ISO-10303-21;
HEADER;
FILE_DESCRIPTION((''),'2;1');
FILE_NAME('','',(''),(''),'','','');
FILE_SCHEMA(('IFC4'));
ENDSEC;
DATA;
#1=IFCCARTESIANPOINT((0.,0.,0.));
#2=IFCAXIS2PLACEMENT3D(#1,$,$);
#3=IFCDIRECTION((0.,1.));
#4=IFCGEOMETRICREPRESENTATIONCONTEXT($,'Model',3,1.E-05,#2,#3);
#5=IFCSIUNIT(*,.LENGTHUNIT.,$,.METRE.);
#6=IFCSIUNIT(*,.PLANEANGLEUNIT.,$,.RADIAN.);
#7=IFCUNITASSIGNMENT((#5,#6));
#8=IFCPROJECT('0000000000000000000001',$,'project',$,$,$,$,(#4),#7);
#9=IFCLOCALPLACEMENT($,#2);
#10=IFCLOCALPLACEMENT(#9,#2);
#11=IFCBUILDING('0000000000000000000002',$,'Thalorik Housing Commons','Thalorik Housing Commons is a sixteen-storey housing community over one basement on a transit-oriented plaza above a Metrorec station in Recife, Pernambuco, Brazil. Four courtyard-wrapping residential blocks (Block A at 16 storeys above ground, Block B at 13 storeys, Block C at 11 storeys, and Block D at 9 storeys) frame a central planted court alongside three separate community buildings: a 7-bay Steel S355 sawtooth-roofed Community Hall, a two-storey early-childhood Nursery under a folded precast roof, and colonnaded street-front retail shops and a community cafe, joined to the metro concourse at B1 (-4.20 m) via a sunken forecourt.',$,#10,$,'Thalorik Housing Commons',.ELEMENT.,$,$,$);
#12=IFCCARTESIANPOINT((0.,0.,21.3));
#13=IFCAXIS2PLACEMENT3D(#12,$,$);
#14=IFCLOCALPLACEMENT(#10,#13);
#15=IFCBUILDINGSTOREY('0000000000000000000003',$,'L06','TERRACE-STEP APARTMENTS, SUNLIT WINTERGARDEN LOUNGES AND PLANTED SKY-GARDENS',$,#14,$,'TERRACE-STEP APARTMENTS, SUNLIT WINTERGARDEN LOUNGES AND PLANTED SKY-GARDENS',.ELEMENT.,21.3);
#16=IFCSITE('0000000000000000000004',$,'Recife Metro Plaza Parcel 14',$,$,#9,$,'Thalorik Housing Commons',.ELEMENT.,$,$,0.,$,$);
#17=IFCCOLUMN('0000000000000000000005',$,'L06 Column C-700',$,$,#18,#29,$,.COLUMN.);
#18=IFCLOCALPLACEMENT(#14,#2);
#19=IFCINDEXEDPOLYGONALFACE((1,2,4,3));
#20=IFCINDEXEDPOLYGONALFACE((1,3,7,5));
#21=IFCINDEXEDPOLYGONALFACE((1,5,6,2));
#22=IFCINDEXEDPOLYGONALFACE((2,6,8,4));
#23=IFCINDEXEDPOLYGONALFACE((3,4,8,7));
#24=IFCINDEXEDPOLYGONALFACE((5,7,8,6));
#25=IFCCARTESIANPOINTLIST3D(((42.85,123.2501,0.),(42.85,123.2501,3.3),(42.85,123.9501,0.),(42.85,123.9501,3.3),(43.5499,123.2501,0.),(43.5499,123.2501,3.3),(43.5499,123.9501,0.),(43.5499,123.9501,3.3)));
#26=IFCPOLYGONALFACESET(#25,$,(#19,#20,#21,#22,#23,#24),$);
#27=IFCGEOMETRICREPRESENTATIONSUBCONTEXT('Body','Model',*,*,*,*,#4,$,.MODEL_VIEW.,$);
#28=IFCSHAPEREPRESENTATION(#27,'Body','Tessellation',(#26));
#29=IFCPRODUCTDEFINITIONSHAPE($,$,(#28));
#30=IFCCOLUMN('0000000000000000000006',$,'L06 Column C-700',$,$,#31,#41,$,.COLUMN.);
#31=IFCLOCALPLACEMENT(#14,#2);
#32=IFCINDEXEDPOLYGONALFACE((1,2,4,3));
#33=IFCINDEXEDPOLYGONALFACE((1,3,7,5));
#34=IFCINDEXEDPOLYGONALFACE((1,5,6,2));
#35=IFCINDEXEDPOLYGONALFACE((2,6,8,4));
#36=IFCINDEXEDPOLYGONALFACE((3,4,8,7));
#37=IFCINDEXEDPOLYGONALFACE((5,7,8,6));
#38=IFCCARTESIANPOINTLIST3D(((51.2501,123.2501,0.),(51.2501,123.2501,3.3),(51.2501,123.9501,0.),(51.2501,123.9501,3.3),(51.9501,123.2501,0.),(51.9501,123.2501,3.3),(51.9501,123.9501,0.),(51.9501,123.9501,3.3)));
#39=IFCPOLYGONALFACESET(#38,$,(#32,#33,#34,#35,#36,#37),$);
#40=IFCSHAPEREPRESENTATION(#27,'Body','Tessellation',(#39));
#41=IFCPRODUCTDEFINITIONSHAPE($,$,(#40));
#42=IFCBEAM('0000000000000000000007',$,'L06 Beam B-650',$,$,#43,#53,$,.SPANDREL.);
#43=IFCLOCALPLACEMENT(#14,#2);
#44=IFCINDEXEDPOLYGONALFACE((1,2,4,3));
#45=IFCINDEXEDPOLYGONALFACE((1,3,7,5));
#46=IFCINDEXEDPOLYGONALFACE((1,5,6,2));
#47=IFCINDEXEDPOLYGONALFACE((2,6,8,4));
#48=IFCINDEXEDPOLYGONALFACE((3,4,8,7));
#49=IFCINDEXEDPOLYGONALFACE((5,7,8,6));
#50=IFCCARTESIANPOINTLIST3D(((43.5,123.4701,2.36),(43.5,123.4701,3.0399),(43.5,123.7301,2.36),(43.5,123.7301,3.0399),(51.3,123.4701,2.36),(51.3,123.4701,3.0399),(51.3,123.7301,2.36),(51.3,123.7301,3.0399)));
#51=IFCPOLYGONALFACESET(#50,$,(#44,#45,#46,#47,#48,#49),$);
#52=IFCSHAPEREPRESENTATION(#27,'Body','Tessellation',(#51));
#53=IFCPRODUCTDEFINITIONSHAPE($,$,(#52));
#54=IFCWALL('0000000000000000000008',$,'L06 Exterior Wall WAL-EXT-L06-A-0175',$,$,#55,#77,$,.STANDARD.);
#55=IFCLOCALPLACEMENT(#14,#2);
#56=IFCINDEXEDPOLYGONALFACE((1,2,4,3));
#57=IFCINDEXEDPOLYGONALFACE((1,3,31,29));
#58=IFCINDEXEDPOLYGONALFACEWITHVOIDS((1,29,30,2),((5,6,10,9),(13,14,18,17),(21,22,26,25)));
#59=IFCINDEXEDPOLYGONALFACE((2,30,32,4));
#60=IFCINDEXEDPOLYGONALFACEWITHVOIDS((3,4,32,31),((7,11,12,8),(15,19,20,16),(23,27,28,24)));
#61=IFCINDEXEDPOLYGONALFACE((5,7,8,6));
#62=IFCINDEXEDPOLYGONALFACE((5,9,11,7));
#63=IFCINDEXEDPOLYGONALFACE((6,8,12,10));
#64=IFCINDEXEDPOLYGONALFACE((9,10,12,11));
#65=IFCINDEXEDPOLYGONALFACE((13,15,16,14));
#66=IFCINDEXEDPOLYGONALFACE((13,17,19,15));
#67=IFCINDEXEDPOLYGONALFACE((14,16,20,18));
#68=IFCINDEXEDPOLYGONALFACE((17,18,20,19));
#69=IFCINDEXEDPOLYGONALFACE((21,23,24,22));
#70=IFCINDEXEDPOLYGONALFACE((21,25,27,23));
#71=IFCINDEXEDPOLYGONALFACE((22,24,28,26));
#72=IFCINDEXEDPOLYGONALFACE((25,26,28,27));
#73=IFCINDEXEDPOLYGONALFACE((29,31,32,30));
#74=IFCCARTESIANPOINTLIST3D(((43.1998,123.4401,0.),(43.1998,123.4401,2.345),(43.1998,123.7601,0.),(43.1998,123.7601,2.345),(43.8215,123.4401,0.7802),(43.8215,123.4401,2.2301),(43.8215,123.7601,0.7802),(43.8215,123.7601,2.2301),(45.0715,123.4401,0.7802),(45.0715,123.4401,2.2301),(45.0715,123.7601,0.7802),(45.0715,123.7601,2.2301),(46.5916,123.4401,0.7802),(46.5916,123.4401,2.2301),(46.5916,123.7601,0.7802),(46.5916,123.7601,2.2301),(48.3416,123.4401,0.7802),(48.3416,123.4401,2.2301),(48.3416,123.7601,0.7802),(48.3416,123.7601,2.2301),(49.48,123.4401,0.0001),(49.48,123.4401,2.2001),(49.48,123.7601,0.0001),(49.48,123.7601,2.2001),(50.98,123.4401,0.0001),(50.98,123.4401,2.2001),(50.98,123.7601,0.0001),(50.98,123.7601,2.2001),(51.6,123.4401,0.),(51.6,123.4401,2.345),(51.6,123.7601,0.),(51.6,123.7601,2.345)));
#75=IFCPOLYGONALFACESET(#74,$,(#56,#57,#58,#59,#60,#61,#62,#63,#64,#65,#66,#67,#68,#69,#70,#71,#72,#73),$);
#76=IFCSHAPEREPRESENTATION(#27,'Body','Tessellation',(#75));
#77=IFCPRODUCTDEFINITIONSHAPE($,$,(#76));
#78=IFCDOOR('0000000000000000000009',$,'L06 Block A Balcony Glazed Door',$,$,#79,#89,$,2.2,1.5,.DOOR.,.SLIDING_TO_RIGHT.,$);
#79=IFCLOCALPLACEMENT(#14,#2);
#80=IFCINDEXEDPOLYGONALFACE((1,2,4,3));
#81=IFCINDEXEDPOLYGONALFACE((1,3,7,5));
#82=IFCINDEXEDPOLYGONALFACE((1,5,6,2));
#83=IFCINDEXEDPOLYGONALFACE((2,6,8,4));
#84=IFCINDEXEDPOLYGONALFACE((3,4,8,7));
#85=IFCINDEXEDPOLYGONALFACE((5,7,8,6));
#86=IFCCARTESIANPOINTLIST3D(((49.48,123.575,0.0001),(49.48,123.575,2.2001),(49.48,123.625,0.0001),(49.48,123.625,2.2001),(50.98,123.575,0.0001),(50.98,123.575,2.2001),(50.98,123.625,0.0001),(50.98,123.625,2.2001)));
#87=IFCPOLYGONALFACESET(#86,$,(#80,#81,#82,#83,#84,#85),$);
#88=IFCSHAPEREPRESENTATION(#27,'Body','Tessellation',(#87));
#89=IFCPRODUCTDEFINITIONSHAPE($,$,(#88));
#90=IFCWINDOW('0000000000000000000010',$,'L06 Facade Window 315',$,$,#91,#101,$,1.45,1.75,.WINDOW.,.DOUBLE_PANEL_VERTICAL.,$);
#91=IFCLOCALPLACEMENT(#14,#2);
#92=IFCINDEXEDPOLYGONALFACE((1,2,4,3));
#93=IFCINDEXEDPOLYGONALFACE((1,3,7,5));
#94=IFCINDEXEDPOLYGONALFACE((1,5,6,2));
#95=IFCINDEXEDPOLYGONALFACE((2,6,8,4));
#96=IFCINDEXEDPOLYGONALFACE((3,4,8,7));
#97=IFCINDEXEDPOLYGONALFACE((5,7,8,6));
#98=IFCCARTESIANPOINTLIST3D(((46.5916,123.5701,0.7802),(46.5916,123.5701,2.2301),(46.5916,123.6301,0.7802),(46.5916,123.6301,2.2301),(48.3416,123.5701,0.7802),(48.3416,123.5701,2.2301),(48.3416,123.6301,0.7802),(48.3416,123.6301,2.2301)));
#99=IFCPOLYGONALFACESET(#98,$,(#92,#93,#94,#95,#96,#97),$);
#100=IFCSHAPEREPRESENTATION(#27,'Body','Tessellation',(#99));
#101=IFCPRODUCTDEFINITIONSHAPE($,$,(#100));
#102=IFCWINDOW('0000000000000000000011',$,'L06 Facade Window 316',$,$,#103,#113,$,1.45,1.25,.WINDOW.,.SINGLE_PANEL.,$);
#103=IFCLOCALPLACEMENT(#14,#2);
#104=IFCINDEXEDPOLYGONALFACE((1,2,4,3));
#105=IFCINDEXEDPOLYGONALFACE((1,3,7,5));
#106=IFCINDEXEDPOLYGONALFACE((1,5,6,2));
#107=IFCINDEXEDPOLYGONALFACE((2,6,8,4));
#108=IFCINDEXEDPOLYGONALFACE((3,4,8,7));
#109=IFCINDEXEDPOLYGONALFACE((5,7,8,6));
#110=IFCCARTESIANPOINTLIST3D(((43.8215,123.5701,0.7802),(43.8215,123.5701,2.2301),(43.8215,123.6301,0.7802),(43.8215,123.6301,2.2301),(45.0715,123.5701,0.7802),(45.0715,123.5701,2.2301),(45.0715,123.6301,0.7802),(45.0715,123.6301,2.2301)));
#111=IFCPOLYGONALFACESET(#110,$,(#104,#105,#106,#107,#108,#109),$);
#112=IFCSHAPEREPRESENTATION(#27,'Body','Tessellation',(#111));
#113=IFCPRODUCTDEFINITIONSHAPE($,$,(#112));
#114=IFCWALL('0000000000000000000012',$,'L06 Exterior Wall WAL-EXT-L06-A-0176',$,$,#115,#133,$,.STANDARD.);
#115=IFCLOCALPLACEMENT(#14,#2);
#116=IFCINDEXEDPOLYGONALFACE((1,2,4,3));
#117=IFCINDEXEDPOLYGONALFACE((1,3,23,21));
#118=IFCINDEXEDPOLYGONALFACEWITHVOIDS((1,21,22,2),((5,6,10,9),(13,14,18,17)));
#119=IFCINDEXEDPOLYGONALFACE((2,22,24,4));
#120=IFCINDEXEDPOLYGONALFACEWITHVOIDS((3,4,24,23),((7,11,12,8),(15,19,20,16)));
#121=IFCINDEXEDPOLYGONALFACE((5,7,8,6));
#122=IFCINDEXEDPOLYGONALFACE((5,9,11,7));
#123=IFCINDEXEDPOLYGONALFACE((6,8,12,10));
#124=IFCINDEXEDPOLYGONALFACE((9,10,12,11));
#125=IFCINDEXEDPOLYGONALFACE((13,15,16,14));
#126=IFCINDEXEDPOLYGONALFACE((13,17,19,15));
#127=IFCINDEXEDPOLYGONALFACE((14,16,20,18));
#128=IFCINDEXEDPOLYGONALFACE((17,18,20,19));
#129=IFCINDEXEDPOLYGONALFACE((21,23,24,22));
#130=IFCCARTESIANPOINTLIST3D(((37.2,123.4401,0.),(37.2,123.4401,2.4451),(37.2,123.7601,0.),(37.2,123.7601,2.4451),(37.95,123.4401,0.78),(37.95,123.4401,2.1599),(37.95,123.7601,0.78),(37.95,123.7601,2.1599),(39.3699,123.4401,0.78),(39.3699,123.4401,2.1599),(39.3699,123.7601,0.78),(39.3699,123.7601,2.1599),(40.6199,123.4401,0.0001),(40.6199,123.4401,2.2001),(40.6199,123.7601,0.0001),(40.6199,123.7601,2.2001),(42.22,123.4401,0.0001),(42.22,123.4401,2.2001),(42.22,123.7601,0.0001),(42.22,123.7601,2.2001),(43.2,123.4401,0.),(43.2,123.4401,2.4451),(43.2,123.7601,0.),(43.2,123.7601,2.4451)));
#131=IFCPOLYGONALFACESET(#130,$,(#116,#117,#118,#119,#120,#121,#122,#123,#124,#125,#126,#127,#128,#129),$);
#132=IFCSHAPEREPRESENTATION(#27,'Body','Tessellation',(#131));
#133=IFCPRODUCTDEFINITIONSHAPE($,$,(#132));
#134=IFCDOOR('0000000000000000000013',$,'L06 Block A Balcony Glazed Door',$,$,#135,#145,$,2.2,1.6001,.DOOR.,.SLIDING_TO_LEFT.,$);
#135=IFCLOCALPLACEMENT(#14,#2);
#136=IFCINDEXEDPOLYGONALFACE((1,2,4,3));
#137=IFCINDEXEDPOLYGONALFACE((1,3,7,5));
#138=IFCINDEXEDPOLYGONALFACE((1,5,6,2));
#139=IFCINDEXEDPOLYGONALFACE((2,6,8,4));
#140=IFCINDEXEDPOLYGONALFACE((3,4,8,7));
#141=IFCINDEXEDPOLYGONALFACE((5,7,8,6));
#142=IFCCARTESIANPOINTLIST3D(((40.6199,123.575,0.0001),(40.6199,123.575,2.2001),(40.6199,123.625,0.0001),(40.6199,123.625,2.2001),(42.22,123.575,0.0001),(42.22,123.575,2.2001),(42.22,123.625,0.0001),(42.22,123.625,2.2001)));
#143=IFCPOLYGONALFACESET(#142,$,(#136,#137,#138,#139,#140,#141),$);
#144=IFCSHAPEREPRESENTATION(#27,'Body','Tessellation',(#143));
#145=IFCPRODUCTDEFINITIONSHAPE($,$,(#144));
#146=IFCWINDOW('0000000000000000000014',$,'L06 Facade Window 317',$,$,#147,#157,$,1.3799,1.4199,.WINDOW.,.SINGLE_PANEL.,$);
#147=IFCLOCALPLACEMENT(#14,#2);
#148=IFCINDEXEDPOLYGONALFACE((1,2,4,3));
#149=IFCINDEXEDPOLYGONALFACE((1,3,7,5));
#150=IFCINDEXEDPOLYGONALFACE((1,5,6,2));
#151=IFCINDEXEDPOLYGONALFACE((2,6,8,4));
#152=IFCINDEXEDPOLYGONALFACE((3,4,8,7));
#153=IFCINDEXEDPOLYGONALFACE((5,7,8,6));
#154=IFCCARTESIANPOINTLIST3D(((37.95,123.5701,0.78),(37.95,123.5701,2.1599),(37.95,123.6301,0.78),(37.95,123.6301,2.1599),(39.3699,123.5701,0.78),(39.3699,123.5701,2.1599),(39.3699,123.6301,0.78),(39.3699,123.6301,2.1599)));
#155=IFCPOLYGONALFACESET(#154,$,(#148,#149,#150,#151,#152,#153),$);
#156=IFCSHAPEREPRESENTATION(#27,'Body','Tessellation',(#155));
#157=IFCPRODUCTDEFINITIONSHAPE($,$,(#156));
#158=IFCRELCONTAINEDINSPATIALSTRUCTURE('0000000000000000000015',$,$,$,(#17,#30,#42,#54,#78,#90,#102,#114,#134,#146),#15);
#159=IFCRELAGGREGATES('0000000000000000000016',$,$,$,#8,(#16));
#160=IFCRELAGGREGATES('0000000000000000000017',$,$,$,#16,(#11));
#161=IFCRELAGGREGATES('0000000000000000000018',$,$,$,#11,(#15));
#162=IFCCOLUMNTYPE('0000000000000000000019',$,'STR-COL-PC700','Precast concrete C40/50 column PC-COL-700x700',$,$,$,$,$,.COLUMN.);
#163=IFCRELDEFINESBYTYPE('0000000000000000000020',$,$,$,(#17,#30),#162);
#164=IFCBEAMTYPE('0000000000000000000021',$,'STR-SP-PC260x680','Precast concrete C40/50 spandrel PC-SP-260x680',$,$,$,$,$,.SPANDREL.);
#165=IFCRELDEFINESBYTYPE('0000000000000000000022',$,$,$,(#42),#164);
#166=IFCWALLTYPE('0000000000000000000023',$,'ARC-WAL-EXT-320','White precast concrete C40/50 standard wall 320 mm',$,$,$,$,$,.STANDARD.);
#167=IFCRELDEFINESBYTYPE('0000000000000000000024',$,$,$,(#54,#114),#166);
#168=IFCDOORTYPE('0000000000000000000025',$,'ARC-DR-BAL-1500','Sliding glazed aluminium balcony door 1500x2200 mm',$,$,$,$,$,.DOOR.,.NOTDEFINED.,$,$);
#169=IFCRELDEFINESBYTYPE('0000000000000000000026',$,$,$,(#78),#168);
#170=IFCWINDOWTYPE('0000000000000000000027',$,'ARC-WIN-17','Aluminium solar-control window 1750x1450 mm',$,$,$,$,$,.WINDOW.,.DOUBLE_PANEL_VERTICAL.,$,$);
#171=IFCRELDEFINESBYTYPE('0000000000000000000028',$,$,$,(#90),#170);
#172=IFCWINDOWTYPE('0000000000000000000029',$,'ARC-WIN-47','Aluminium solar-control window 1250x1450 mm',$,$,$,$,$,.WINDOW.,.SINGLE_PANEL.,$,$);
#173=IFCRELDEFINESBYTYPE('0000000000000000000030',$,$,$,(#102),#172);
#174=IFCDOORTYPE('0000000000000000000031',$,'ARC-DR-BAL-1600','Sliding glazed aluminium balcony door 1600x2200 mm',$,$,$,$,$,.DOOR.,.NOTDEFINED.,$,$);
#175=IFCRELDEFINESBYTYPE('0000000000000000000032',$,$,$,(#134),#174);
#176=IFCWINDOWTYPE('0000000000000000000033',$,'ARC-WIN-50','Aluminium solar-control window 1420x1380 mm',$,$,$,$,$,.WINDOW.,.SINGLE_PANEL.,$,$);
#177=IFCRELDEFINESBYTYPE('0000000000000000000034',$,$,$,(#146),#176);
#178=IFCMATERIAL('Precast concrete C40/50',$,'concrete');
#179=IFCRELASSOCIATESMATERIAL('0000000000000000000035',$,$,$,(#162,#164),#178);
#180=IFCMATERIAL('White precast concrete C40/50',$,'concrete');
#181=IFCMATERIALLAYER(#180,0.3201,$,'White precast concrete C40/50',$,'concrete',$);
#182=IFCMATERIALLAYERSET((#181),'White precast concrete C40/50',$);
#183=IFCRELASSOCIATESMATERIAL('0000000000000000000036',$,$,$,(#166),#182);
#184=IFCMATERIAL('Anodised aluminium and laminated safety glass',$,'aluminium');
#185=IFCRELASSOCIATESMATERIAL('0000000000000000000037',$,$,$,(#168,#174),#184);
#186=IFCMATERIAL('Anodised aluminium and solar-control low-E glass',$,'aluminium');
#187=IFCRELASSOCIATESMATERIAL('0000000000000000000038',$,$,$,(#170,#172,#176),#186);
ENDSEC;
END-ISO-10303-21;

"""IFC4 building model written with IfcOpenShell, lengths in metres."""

from ifc_helpers import new_model, si_unit, direction, frame, frame_2d, origin, origin_2d, place, context, subcontext, project, spatial, rectangle, extrude, material, layer, layer_set, material_profile, profile_set, type_object, element, fill, save


model = new_model("IFC4")

# Units and contexts
model_context = context("Model", 3, precision=1e-05, world=origin(), true_north=direction((0.0, 1.0)))
body_context = subcontext(model_context, "Body", "Model", "MODEL_VIEW")
ifc_project = project(units=[si_unit("LENGTHUNIT", "METRE"), si_unit("PLANEANGLEUNIT", "RADIAN")], contexts=[model_context])

# Site, building, storey
site_placement = place(None, origin())
site = spatial("IfcSite", under=ifc_project, at=site_placement, Name="Recife Metro Plaza Parcel 14", LongName="Thalorik Housing Commons", CompositionType="ELEMENT", RefElevation=0.0)
building_placement = place(site_placement, origin())
building = spatial("IfcBuilding", under=site, at=building_placement, Name="Thalorik Housing Commons", Description="Thalorik Housing Commons is a sixteen-storey housing community over one basement on a transit-oriented plaza above a Metrorec station in Recife, Pernambuco, Brazil. Four courtyard-wrapping residential blocks (Block A at 16 storeys above ground, Block B at 13 storeys, Block C at 11 storeys, and Block D at 9 storeys) frame a central planted court alongside three separate community buildings: a 7-bay Steel S355 sawtooth-roofed Community Hall, a two-storey early-childhood Nursery under a folded precast roof, and colonnaded street-front retail shops and a community cafe, joined to the metro concourse at B1 (-4.20 m) via a sunken forecourt.", LongName="Thalorik Housing Commons", CompositionType="ELEMENT")
storey_placement = place(building_placement, frame((0.0, 0.0, 21.3)))
storey = spatial("IfcBuildingStorey", under=building, at=storey_placement, Name="L06", Description="TERRACE-STEP APARTMENTS, SUNLIT WINTERGARDEN LOUNGES AND PLANTED SKY-GARDENS", LongName="TERRACE-STEP APARTMENTS, SUNLIT WINTERGARDEN LOUNGES AND PLANTED SKY-GARDENS", CompositionType="ELEMENT", Elevation=21.3)

# Columns
ifc_material_1 = material(Name="Precast concrete C40/50", Category="concrete")
ifc_material_profile_1 = material_profile(ifc_material_1, rectangle(XDim=0.7, YDim=0.7, at=origin_2d()), Name="PC 700x700", Category="concrete")
ifc_profile_set_1 = profile_set([ifc_material_profile_1], Name="Precast concrete C40/50")
column_type = type_object("IfcColumnType", Name="STR-COL-PC700", Description="Precast concrete C40/50 column PC-COL-700x700", PredefinedType="COLUMN", material=ifc_profile_set_1)
for number, where, z_axis, x_axis, name in (
    (1, (43.2, 123.6001, 0.0), (0.0, 0.0, 1.0), (1.0, 0.0, 0.0), "L06 Column C-700"),
    (2, (51.6001, 123.6001, 0.0), (0.0, 0.0, 1.0), (1.0, 0.0, 0.0), "L06 Column C-700"),
):
    element("IfcColumn", number, at=place(storey_placement, frame(where, z_axis=z_axis, x_axis=x_axis)), inside=storey, type_object=column_type, Name=name, PredefinedType="COLUMN", context=body_context, shape_type="SweptSolid", body=[
        extrude(rectangle(XDim=0.7, YDim=0.7, at=origin_2d()), origin(), (0.0, 0.0, 1.0), 3.3),
    ])

# Beam
ifc_material_profile_2 = material_profile(ifc_material_1, rectangle(XDim=0.26, YDim=0.6799, at=origin_2d()), Name="PC SP 260x680", Category="concrete")
ifc_profile_set_2 = profile_set([ifc_material_profile_2], Name="Precast concrete C40/50")
beam_type = type_object("IfcBeamType", Name="STR-SP-PC260x680", Description="Precast concrete C40/50 spandrel PC-SP-260x680", PredefinedType="SPANDREL", material=ifc_profile_set_2)
beam_placement = place(storey_placement, frame((43.5, 123.6001, 2.7), z_axis=(1.0, 0.0, 0.0), x_axis=(0.0, 1.0, 0.0)))
element("IfcBeam", 3, at=beam_placement, inside=storey, type_object=beam_type, Name="L06 Beam B-650", PredefinedType="SPANDREL", context=body_context, shape_type="SweptSolid", body=[
    extrude(rectangle(XDim=0.26, YDim=0.6799, at=origin_2d()), origin(), (0.0, 0.0, 1.0), 7.8),
])

# Wall, openings, door, windows
ifc_material_2 = material(Name="White precast concrete C40/50", Category="concrete")
ifc_layer_1 = layer(ifc_material_2, 0.3201, Name="White precast concrete C40/50", Category="concrete")
ifc_layer_set_1 = layer_set([ifc_layer_1], Name="White precast concrete C40/50")
wall_type_1 = type_object("IfcWallType", Name="ARC-WAL-EXT-320", Description="White precast concrete C40/50 standard wall 320 mm", PredefinedType="STANDARD", material=ifc_layer_set_1)
wall_1_placement = place(storey_placement, frame((51.6001, 123.6001, 0.0), z_axis=(0.0, 0.0, 1.0), x_axis=(-1.0, 0.0, 0.0)))
wall_1 = element("IfcWall", 4, at=wall_1_placement, inside=storey, type_object=wall_type_1, Name="L06 Exterior Wall WAL-EXT-L06-A-0175", PredefinedType="STANDARD", context=body_context, shape_type="SweptSolid", body=[
    extrude(rectangle(XDim=8.4001, YDim=0.3201, at=frame_2d((4.2002, 0.0))), origin(), (0.0, 0.0, 1.0), 2.345),
])
opening_1_placement = place(wall_1_placement, frame((0.6201, 0.0, 0.0)))
opening_1 = element("IfcOpeningElement", 5, at=opening_1_placement, cuts=wall_1, PredefinedType="OPENING", context=body_context, shape_type="SweptSolid", body=[
    extrude(rectangle(XDim=1.5, YDim=2.2, at=frame_2d((0.75, 1.1001))), frame((0.0, 0.1699, 0.0), z_axis=(0.0, -1.0, 0.0), x_axis=(1.0, 0.0, 0.0)), (0.0, 0.0, 1.0), 0.3401),
])
opening_2_placement = place(wall_1_placement, frame((3.2585, 0.0, 0.78)))
opening_2 = element("IfcOpeningElement", 6, at=opening_2_placement, cuts=wall_1, PredefinedType="OPENING", context=body_context, shape_type="SweptSolid", body=[
    extrude(rectangle(XDim=1.75, YDim=1.45, at=frame_2d((0.875, 0.7251))), frame((0.0, 0.1699, 0.0), z_axis=(0.0, -1.0, 0.0), x_axis=(1.0, 0.0, 0.0)), (0.0, 0.0, 1.0), 0.3401),
])
opening_3_placement = place(wall_1_placement, frame((6.5286, 0.0, 0.78)))
opening_3 = element("IfcOpeningElement", 7, at=opening_3_placement, cuts=wall_1, PredefinedType="OPENING", context=body_context, shape_type="SweptSolid", body=[
    extrude(rectangle(XDim=1.25, YDim=1.45, at=frame_2d((0.625, 0.7251))), frame((0.0, 0.1699, 0.0), z_axis=(0.0, -1.0, 0.0), x_axis=(1.0, 0.0, 0.0)), (0.0, 0.0, 1.0), 0.3401),
])
ifc_material_3 = material(Name="Anodised aluminium and laminated safety glass", Category="aluminium")
door_type_1 = type_object("IfcDoorType", Name="ARC-DR-BAL-1500", Description="Sliding glazed aluminium balcony door 1500x2200 mm", OperationType="NOTDEFINED", PredefinedType="DOOR", material=ifc_material_3)
door_1_placement = place(opening_1_placement, frame((1.5, 0.0, 0.0), z_axis=(0.0, 0.0, 1.0), x_axis=(-1.0, 0.0, 0.0)))
door_1 = element("IfcDoor", 8, at=door_1_placement, inside=storey, type_object=door_type_1, Name="L06 Block A Balcony Glazed Door", OperationType="SLIDING_TO_RIGHT", OverallHeight=2.2, OverallWidth=1.5, PredefinedType="DOOR", context=body_context, shape_type="SweptSolid", body=[
    extrude(rectangle(XDim=1.5, YDim=2.2, at=frame_2d((0.75, 1.1001))), frame((0.0, 0.0249, 0.0), z_axis=(0.0, -1.0, 0.0), x_axis=(1.0, 0.0, 0.0)), (0.0, 0.0, 1.0), 0.05),
])
fill(opening_1, door_1)
ifc_material_4 = material(Name="Anodised aluminium and solar-control low-E glass", Category="aluminium")
window_type_1 = type_object("IfcWindowType", Name="ARC-WIN-17", Description="Aluminium solar-control window 1750x1450 mm", PartitioningType="DOUBLE_PANEL_VERTICAL", PredefinedType="WINDOW", material=ifc_material_4)
window_1_placement = place(opening_2_placement, origin())
window_1 = element("IfcWindow", 9, at=window_1_placement, inside=storey, type_object=window_type_1, Name="L06 Facade Window 315", OverallHeight=1.45, OverallWidth=1.75, PartitioningType="DOUBLE_PANEL_VERTICAL", PredefinedType="WINDOW", context=body_context, shape_type="SweptSolid", body=[
    extrude(rectangle(XDim=1.75, YDim=1.45, at=frame_2d((0.875, 0.7251))), frame((0.0, 0.03, 0.0), z_axis=(0.0, -1.0, 0.0), x_axis=(1.0, 0.0, 0.0)), (0.0, 0.0, 1.0), 0.0601),
])
fill(opening_2, window_1)
window_type_2 = type_object("IfcWindowType", Name="ARC-WIN-47", Description="Aluminium solar-control window 1250x1450 mm", PartitioningType="SINGLE_PANEL", PredefinedType="WINDOW", material=ifc_material_4)
window_2_placement = place(opening_3_placement, origin())
window_2 = element("IfcWindow", 10, at=window_2_placement, inside=storey, type_object=window_type_2, Name="L06 Facade Window 316", OverallHeight=1.45, OverallWidth=1.25, PartitioningType="SINGLE_PANEL", PredefinedType="WINDOW", context=body_context, shape_type="SweptSolid", body=[
    extrude(rectangle(XDim=1.25, YDim=1.45, at=frame_2d((0.625, 0.7251))), frame((0.0, 0.03, 0.0), z_axis=(0.0, -1.0, 0.0), x_axis=(1.0, 0.0, 0.0)), (0.0, 0.0, 1.0), 0.0601),
])
fill(opening_3, window_2)

# Wall, openings, door, window
wall_2_placement = place(storey_placement, frame((43.2, 123.6001, 0.0), z_axis=(0.0, 0.0, 1.0), x_axis=(-1.0, 0.0, 0.0)))
wall_2 = element("IfcWall", 11, at=wall_2_placement, inside=storey, type_object=wall_type_1, Name="L06 Exterior Wall WAL-EXT-L06-A-0176", PredefinedType="STANDARD", context=body_context, shape_type="SweptSolid", body=[
    extrude(rectangle(XDim=6.0, YDim=0.3201, at=frame_2d((3.0, 0.0))), origin(), (0.0, 0.0, 1.0), 2.4451),
])
opening_4_placement = place(wall_2_placement, frame((0.98, 0.0, 0.0)))
opening_4 = element("IfcOpeningElement", 12, at=opening_4_placement, cuts=wall_2, PredefinedType="OPENING", context=body_context, shape_type="SweptSolid", body=[
    extrude(rectangle(XDim=1.6001, YDim=2.2, at=frame_2d((0.8, 1.1001))), frame((0.0, 0.1699, 0.0), z_axis=(0.0, -1.0, 0.0), x_axis=(1.0, 0.0, 0.0)), (0.0, 0.0, 1.0), 0.3401),
])
opening_5_placement = place(wall_2_placement, frame((3.8301, 0.0, 0.78)))
opening_5 = element("IfcOpeningElement", 13, at=opening_5_placement, cuts=wall_2, PredefinedType="OPENING", context=body_context, shape_type="SweptSolid", body=[
    extrude(rectangle(XDim=1.4199, YDim=1.3799, at=frame_2d((0.71, 0.6899))), frame((0.0, 0.1699, 0.0), z_axis=(0.0, -1.0, 0.0), x_axis=(1.0, 0.0, 0.0)), (0.0, 0.0, 1.0), 0.3401),
])
door_type_2 = type_object("IfcDoorType", Name="ARC-DR-BAL-1600", Description="Sliding glazed aluminium balcony door 1600x2200 mm", OperationType="NOTDEFINED", PredefinedType="DOOR", material=ifc_material_3)
door_2_placement = place(opening_4_placement, frame((1.6001, 0.0, 0.0), z_axis=(0.0, 0.0, 1.0), x_axis=(-1.0, 0.0, 0.0)))
door_2 = element("IfcDoor", 14, at=door_2_placement, inside=storey, type_object=door_type_2, Name="L06 Block A Balcony Glazed Door", OperationType="SLIDING_TO_LEFT", OverallHeight=2.2, OverallWidth=1.6001, PredefinedType="DOOR", context=body_context, shape_type="SweptSolid", body=[
    extrude(rectangle(XDim=1.6001, YDim=2.2, at=frame_2d((0.8, 1.1001))), frame((0.0, 0.0249, 0.0), z_axis=(0.0, -1.0, 0.0), x_axis=(1.0, 0.0, 0.0)), (0.0, 0.0, 1.0), 0.05),
])
fill(opening_4, door_2)
window_type_3 = type_object("IfcWindowType", Name="ARC-WIN-50", Description="Aluminium solar-control window 1420x1380 mm", PartitioningType="SINGLE_PANEL", PredefinedType="WINDOW", material=ifc_material_4)
window_3_placement = place(opening_5_placement, origin())
window_3 = element("IfcWindow", 15, at=window_3_placement, inside=storey, type_object=window_type_3, Name="L06 Facade Window 317", OverallHeight=1.3799, OverallWidth=1.4199, PartitioningType="SINGLE_PANEL", PredefinedType="WINDOW", context=body_context, shape_type="SweptSolid", body=[
    extrude(rectangle(XDim=1.4199, YDim=1.3799, at=frame_2d((0.71, 0.6899))), frame((0.0, 0.03, 0.0), z_axis=(0.0, -1.0, 0.0), x_axis=(1.0, 0.0, 0.0)), (0.0, 0.0, 1.0), 0.0601),
])
fill(opening_5, window_3)

save(model, "model.ifc")
